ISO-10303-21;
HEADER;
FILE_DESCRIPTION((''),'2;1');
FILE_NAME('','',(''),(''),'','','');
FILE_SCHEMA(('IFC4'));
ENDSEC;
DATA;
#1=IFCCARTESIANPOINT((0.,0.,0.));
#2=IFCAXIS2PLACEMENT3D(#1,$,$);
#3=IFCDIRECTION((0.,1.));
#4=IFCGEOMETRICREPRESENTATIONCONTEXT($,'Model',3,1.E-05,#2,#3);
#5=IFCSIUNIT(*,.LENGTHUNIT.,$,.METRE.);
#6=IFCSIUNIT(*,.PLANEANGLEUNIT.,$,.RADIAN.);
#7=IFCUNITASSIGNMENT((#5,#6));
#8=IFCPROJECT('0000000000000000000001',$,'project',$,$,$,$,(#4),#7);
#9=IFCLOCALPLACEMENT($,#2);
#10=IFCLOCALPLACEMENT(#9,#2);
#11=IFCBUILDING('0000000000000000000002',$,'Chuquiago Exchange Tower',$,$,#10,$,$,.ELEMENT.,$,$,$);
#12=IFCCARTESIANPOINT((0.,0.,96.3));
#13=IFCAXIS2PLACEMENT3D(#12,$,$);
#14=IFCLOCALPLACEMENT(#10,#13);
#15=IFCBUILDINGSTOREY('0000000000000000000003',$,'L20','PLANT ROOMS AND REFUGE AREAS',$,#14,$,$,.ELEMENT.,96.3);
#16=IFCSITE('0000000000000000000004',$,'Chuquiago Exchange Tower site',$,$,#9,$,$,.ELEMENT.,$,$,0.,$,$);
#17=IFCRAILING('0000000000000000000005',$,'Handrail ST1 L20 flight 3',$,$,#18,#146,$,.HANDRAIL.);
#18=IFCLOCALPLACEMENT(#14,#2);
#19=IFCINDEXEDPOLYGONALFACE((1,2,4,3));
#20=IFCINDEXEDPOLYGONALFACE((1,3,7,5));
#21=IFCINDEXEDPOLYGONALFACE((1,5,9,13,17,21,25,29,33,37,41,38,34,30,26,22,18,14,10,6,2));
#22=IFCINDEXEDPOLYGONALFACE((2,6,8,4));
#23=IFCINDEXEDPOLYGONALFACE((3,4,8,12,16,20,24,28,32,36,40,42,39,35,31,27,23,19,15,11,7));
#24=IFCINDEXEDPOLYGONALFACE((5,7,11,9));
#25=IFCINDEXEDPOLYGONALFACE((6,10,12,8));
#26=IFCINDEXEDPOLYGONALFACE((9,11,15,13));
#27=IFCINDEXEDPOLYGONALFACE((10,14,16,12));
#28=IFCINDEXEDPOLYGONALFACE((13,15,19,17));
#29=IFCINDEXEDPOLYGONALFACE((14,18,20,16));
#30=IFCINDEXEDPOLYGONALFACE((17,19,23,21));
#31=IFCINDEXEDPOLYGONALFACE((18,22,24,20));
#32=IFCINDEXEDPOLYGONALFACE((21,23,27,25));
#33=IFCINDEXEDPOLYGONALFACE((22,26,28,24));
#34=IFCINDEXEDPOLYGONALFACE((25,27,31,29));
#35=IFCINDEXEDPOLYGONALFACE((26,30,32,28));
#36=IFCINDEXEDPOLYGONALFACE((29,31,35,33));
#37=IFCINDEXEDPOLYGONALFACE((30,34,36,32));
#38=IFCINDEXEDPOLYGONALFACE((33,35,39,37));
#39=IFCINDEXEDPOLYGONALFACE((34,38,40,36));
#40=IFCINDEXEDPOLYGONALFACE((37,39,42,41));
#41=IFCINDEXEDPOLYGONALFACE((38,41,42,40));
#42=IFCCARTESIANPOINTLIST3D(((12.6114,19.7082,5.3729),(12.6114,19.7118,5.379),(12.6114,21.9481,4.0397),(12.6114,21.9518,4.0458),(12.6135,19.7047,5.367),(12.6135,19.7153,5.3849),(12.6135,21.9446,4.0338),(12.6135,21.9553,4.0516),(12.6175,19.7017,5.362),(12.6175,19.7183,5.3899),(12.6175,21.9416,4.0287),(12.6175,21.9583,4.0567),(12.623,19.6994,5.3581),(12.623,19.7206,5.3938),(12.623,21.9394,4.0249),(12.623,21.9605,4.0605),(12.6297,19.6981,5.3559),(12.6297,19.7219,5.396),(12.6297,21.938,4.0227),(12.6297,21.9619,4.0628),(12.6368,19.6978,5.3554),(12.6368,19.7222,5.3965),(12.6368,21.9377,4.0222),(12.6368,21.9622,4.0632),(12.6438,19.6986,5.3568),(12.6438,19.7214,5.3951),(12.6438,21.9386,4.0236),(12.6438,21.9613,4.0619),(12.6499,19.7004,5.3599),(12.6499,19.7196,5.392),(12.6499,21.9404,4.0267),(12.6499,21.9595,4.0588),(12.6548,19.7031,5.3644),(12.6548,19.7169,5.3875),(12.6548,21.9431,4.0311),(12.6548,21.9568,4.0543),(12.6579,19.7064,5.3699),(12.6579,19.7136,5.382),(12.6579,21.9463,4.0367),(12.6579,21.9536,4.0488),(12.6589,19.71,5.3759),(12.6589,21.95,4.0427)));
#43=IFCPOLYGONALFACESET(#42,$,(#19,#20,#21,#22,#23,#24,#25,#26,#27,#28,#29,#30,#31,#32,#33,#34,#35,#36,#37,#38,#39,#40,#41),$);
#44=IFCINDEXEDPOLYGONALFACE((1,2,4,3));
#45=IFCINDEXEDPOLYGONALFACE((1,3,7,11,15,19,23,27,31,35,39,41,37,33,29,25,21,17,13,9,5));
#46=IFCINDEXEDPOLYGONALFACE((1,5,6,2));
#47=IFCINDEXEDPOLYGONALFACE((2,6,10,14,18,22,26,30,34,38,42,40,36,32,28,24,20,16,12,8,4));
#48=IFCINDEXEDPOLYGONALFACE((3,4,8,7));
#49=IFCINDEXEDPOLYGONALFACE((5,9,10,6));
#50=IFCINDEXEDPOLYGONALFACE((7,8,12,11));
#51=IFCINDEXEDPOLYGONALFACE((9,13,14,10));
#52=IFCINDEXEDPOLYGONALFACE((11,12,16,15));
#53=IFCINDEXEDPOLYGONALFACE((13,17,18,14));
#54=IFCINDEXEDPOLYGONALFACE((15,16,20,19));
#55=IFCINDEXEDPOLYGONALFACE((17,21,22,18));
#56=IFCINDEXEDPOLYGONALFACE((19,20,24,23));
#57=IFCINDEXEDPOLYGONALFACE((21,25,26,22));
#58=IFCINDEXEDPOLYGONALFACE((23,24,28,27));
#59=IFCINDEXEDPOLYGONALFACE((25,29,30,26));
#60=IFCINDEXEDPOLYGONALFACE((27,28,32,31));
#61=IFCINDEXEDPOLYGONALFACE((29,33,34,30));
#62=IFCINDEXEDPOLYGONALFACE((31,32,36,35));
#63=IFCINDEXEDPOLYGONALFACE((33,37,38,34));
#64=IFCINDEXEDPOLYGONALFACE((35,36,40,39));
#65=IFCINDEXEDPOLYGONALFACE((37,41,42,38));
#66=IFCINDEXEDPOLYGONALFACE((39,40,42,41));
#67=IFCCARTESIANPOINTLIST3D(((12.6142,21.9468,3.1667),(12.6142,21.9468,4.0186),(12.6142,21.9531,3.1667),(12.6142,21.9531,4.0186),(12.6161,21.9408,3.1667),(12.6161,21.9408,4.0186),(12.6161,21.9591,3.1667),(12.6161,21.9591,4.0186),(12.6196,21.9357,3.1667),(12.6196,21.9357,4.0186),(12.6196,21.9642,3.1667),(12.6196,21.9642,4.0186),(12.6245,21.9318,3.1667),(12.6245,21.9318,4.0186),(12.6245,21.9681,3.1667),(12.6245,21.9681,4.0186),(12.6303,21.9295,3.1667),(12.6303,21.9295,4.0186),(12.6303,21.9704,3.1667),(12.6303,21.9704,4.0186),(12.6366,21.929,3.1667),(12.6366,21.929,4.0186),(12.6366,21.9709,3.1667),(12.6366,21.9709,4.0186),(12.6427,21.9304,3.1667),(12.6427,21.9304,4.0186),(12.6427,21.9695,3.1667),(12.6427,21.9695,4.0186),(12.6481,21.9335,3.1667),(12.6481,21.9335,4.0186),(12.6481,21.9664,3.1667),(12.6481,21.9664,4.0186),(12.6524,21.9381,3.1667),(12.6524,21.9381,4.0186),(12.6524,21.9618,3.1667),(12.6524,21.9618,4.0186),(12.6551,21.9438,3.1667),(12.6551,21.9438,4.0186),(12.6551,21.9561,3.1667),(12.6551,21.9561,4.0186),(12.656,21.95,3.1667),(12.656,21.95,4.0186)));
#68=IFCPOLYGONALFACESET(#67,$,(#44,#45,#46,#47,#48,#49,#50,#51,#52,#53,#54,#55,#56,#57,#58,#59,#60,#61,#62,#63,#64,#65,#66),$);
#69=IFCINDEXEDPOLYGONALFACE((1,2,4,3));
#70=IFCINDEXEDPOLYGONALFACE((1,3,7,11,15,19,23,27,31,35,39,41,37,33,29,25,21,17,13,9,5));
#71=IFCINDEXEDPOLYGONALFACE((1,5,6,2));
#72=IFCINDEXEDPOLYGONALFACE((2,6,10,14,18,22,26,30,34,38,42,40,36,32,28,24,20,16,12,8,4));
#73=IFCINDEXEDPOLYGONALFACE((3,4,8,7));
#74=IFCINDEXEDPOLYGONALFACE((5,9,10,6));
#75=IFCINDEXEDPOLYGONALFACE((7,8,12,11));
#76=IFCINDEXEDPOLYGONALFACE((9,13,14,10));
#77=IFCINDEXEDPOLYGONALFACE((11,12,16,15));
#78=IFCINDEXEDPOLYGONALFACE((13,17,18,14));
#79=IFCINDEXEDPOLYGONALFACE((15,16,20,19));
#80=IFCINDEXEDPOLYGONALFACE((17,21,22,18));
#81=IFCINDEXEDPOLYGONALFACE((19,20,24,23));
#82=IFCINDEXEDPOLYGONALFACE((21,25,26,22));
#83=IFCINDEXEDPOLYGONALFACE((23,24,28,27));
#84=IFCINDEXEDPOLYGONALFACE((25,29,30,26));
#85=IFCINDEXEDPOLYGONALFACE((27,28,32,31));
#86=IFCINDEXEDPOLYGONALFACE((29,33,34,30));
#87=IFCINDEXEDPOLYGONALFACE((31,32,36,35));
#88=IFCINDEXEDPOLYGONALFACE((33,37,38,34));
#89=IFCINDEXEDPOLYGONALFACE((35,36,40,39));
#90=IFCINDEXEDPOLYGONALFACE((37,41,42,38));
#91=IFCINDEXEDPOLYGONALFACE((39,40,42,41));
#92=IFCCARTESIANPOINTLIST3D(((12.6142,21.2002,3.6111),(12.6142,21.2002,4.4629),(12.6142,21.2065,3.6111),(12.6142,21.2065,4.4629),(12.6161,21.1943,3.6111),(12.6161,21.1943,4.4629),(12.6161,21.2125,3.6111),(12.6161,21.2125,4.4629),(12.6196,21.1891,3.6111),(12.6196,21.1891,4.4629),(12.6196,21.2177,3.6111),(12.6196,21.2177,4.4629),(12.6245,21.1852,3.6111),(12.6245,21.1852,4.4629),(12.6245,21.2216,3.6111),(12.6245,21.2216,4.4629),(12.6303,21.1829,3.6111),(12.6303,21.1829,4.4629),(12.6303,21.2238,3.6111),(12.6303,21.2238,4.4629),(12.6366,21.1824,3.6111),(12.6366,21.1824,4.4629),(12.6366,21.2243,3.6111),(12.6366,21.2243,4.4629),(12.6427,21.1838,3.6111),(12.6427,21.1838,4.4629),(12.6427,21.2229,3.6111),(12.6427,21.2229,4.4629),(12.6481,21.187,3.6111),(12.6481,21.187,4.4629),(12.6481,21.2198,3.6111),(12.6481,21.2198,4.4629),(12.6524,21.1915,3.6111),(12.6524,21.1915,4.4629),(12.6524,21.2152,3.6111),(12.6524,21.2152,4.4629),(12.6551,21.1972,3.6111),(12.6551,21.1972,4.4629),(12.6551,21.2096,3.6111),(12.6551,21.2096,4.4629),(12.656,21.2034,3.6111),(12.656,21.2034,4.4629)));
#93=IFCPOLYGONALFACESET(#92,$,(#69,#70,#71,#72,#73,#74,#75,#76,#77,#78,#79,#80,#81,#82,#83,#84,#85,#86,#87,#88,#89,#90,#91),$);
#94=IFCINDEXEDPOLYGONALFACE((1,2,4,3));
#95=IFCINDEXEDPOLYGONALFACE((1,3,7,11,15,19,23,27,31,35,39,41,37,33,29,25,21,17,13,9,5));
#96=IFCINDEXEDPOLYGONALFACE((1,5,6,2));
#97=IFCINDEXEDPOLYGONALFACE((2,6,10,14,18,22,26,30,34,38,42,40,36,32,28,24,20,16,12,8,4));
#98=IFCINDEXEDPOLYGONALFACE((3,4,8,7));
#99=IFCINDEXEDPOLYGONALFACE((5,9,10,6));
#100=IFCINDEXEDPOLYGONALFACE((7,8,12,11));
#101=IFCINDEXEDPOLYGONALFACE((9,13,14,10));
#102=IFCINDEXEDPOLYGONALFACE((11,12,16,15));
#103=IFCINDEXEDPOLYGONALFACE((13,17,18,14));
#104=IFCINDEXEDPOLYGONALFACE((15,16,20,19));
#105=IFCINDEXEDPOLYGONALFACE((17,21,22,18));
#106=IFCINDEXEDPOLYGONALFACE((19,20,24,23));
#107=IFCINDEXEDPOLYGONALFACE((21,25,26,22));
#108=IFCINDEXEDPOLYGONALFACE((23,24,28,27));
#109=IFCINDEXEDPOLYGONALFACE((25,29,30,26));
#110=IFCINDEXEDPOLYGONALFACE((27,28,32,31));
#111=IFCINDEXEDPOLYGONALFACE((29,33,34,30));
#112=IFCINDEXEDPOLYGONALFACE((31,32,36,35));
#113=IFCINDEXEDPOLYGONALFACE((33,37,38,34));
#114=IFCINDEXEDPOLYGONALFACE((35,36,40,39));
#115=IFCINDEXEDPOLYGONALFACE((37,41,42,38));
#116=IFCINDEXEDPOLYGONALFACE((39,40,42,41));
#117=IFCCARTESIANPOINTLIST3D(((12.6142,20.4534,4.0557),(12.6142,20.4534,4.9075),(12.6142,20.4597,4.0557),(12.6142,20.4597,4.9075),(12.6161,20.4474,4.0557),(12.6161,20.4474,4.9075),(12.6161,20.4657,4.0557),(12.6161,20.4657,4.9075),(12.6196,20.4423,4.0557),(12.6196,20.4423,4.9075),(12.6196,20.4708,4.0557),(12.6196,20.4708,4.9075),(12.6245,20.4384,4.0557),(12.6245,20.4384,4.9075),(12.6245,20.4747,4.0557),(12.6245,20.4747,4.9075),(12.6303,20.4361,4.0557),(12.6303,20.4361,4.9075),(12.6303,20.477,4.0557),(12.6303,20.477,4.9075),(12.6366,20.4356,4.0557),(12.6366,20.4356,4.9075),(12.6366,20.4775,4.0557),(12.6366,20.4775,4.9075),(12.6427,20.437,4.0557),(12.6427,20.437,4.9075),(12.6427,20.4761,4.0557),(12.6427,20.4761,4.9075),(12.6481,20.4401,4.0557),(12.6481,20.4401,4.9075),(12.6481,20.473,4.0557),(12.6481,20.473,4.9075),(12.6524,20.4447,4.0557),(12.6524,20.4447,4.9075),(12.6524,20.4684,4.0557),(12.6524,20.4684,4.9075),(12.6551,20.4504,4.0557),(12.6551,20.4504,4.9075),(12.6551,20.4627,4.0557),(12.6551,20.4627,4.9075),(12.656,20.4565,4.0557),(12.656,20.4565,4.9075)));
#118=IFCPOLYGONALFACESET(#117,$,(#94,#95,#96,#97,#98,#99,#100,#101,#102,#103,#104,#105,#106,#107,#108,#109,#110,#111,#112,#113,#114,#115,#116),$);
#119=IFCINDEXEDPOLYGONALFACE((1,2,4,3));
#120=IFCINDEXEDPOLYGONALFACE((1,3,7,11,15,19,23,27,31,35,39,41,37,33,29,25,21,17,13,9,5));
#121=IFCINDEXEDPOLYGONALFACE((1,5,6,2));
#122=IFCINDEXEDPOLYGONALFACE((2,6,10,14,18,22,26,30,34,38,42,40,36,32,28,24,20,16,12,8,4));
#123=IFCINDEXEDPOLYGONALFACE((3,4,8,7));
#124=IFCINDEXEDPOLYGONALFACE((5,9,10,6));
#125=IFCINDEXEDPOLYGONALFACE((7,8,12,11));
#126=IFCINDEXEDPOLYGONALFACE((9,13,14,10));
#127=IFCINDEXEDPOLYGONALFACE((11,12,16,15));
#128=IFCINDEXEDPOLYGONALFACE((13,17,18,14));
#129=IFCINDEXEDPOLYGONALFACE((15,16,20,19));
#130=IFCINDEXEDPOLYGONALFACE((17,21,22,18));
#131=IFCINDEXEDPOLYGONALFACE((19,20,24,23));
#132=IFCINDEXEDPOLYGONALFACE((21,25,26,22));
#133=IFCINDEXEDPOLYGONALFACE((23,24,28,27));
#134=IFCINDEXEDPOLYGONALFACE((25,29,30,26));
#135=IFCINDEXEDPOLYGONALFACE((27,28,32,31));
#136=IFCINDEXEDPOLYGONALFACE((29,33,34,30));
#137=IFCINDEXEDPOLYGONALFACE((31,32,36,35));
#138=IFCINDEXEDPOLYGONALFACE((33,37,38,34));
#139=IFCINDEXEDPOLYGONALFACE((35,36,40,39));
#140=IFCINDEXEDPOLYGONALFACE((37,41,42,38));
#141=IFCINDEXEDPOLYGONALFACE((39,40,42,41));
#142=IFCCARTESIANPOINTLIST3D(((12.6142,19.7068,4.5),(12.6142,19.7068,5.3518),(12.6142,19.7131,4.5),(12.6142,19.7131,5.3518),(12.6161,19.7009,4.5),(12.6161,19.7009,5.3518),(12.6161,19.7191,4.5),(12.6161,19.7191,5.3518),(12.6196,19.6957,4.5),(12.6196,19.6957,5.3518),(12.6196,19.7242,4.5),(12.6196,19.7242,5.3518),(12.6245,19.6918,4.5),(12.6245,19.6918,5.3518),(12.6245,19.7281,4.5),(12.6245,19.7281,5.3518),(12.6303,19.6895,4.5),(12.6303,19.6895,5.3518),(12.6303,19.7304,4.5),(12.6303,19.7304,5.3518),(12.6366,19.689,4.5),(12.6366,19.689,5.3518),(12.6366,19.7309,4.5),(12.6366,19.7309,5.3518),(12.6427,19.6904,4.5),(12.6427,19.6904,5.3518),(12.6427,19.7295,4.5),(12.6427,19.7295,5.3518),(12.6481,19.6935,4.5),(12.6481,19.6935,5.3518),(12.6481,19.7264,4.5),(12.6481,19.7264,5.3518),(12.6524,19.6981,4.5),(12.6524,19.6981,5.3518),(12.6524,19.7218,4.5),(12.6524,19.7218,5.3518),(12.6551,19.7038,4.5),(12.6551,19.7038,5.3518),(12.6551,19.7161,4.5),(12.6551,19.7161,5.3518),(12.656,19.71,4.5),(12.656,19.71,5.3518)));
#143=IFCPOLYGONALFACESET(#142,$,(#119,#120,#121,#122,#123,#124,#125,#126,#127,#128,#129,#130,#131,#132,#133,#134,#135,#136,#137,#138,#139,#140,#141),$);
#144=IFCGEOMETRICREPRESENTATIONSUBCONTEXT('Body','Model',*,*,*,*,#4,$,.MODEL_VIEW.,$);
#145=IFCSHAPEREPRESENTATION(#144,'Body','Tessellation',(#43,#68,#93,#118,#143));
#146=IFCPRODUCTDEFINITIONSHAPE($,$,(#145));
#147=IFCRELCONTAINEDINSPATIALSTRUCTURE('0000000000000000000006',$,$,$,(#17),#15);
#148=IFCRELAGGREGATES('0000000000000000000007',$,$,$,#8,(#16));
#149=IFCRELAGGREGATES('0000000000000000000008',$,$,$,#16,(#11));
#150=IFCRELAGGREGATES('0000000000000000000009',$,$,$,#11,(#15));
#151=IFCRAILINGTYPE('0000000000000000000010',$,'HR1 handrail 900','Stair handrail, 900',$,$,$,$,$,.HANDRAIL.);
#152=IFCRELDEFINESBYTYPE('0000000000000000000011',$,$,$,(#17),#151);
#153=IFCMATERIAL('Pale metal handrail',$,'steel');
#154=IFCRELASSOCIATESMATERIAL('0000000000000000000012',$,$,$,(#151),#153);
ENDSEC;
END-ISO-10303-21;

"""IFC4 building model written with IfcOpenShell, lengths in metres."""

from ifc_helpers import new_model, si_unit, direction, frame, origin, origin_2d, place, context, subcontext, project, spatial, circle, extrude, material, type_object, element, save


model = new_model("IFC4")

# Units and contexts
model_context = context("Model", 3, precision=1e-05, world=origin(), true_north=direction((0.0, 1.0)))
body_context = subcontext(model_context, "Body", "Model", "MODEL_VIEW")
ifc_project = project(units=[si_unit("LENGTHUNIT", "METRE"), si_unit("PLANEANGLEUNIT", "RADIAN")], contexts=[model_context])

# Site, building, storey
site_placement = place(None, origin())
site = spatial("IfcSite", under=ifc_project, at=site_placement, Name="Chuquiago Exchange Tower site", CompositionType="ELEMENT", RefElevation=0.0)
building_placement = place(site_placement, origin())
building = spatial("IfcBuilding", under=site, at=building_placement, Name="Chuquiago Exchange Tower", CompositionType="ELEMENT")
storey_placement = place(building_placement, frame((0.0, 0.0, 96.3)))
storey = spatial("IfcBuildingStorey", under=building, at=storey_placement, Name="L20", Description="PLANT ROOMS AND REFUGE AREAS", CompositionType="ELEMENT", Elevation=96.3)

# Railing
ifc_material_1 = material(Name="Pale metal handrail", Category="steel")
railing_type_1 = type_object("IfcRailingType", Name="HR1 handrail 900", Description="Stair handrail, 900", PredefinedType="HANDRAIL", material=ifc_material_1)
for number, where, name in (
    (1, (12.635, 21.95, 3.1667), "Handrail ST1 L20 flight 3"),
):
    element("IfcRailing", number, at=place(storey_placement, frame(where)), inside=storey, type_object=railing_type_1, Name=name, PredefinedType="HANDRAIL", context=body_context, shape_type="SweptSolid", body=[
        extrude(circle(Radius=0.0239, at=origin_2d()), frame((0.0, 0.0, 0.876), z_axis=(0.0, -0.859306, 0.511462), x_axis=(1.0, 0.0, 0.0)), (0.0, 0.0, 1.0), 2.6067),
        extrude(circle(Radius=0.021, at=origin_2d()), origin(), (0.0, 0.0, 1.0), 0.8518),
        extrude(circle(Radius=0.021, at=origin_2d()), frame((0.0, -0.7466, 0.4443)), (0.0, 0.0, 1.0), 0.8518),
        extrude(circle(Radius=0.021, at=origin_2d()), frame((0.0, -1.4934, 0.8889)), (0.0, 0.0, 1.0), 0.8518),
        extrude(circle(Radius=0.021, at=origin_2d()), frame((0.0, -2.24, 1.3333)), (0.0, 0.0, 1.0), 0.8518),
    ])

save(model, "model.ifc")
